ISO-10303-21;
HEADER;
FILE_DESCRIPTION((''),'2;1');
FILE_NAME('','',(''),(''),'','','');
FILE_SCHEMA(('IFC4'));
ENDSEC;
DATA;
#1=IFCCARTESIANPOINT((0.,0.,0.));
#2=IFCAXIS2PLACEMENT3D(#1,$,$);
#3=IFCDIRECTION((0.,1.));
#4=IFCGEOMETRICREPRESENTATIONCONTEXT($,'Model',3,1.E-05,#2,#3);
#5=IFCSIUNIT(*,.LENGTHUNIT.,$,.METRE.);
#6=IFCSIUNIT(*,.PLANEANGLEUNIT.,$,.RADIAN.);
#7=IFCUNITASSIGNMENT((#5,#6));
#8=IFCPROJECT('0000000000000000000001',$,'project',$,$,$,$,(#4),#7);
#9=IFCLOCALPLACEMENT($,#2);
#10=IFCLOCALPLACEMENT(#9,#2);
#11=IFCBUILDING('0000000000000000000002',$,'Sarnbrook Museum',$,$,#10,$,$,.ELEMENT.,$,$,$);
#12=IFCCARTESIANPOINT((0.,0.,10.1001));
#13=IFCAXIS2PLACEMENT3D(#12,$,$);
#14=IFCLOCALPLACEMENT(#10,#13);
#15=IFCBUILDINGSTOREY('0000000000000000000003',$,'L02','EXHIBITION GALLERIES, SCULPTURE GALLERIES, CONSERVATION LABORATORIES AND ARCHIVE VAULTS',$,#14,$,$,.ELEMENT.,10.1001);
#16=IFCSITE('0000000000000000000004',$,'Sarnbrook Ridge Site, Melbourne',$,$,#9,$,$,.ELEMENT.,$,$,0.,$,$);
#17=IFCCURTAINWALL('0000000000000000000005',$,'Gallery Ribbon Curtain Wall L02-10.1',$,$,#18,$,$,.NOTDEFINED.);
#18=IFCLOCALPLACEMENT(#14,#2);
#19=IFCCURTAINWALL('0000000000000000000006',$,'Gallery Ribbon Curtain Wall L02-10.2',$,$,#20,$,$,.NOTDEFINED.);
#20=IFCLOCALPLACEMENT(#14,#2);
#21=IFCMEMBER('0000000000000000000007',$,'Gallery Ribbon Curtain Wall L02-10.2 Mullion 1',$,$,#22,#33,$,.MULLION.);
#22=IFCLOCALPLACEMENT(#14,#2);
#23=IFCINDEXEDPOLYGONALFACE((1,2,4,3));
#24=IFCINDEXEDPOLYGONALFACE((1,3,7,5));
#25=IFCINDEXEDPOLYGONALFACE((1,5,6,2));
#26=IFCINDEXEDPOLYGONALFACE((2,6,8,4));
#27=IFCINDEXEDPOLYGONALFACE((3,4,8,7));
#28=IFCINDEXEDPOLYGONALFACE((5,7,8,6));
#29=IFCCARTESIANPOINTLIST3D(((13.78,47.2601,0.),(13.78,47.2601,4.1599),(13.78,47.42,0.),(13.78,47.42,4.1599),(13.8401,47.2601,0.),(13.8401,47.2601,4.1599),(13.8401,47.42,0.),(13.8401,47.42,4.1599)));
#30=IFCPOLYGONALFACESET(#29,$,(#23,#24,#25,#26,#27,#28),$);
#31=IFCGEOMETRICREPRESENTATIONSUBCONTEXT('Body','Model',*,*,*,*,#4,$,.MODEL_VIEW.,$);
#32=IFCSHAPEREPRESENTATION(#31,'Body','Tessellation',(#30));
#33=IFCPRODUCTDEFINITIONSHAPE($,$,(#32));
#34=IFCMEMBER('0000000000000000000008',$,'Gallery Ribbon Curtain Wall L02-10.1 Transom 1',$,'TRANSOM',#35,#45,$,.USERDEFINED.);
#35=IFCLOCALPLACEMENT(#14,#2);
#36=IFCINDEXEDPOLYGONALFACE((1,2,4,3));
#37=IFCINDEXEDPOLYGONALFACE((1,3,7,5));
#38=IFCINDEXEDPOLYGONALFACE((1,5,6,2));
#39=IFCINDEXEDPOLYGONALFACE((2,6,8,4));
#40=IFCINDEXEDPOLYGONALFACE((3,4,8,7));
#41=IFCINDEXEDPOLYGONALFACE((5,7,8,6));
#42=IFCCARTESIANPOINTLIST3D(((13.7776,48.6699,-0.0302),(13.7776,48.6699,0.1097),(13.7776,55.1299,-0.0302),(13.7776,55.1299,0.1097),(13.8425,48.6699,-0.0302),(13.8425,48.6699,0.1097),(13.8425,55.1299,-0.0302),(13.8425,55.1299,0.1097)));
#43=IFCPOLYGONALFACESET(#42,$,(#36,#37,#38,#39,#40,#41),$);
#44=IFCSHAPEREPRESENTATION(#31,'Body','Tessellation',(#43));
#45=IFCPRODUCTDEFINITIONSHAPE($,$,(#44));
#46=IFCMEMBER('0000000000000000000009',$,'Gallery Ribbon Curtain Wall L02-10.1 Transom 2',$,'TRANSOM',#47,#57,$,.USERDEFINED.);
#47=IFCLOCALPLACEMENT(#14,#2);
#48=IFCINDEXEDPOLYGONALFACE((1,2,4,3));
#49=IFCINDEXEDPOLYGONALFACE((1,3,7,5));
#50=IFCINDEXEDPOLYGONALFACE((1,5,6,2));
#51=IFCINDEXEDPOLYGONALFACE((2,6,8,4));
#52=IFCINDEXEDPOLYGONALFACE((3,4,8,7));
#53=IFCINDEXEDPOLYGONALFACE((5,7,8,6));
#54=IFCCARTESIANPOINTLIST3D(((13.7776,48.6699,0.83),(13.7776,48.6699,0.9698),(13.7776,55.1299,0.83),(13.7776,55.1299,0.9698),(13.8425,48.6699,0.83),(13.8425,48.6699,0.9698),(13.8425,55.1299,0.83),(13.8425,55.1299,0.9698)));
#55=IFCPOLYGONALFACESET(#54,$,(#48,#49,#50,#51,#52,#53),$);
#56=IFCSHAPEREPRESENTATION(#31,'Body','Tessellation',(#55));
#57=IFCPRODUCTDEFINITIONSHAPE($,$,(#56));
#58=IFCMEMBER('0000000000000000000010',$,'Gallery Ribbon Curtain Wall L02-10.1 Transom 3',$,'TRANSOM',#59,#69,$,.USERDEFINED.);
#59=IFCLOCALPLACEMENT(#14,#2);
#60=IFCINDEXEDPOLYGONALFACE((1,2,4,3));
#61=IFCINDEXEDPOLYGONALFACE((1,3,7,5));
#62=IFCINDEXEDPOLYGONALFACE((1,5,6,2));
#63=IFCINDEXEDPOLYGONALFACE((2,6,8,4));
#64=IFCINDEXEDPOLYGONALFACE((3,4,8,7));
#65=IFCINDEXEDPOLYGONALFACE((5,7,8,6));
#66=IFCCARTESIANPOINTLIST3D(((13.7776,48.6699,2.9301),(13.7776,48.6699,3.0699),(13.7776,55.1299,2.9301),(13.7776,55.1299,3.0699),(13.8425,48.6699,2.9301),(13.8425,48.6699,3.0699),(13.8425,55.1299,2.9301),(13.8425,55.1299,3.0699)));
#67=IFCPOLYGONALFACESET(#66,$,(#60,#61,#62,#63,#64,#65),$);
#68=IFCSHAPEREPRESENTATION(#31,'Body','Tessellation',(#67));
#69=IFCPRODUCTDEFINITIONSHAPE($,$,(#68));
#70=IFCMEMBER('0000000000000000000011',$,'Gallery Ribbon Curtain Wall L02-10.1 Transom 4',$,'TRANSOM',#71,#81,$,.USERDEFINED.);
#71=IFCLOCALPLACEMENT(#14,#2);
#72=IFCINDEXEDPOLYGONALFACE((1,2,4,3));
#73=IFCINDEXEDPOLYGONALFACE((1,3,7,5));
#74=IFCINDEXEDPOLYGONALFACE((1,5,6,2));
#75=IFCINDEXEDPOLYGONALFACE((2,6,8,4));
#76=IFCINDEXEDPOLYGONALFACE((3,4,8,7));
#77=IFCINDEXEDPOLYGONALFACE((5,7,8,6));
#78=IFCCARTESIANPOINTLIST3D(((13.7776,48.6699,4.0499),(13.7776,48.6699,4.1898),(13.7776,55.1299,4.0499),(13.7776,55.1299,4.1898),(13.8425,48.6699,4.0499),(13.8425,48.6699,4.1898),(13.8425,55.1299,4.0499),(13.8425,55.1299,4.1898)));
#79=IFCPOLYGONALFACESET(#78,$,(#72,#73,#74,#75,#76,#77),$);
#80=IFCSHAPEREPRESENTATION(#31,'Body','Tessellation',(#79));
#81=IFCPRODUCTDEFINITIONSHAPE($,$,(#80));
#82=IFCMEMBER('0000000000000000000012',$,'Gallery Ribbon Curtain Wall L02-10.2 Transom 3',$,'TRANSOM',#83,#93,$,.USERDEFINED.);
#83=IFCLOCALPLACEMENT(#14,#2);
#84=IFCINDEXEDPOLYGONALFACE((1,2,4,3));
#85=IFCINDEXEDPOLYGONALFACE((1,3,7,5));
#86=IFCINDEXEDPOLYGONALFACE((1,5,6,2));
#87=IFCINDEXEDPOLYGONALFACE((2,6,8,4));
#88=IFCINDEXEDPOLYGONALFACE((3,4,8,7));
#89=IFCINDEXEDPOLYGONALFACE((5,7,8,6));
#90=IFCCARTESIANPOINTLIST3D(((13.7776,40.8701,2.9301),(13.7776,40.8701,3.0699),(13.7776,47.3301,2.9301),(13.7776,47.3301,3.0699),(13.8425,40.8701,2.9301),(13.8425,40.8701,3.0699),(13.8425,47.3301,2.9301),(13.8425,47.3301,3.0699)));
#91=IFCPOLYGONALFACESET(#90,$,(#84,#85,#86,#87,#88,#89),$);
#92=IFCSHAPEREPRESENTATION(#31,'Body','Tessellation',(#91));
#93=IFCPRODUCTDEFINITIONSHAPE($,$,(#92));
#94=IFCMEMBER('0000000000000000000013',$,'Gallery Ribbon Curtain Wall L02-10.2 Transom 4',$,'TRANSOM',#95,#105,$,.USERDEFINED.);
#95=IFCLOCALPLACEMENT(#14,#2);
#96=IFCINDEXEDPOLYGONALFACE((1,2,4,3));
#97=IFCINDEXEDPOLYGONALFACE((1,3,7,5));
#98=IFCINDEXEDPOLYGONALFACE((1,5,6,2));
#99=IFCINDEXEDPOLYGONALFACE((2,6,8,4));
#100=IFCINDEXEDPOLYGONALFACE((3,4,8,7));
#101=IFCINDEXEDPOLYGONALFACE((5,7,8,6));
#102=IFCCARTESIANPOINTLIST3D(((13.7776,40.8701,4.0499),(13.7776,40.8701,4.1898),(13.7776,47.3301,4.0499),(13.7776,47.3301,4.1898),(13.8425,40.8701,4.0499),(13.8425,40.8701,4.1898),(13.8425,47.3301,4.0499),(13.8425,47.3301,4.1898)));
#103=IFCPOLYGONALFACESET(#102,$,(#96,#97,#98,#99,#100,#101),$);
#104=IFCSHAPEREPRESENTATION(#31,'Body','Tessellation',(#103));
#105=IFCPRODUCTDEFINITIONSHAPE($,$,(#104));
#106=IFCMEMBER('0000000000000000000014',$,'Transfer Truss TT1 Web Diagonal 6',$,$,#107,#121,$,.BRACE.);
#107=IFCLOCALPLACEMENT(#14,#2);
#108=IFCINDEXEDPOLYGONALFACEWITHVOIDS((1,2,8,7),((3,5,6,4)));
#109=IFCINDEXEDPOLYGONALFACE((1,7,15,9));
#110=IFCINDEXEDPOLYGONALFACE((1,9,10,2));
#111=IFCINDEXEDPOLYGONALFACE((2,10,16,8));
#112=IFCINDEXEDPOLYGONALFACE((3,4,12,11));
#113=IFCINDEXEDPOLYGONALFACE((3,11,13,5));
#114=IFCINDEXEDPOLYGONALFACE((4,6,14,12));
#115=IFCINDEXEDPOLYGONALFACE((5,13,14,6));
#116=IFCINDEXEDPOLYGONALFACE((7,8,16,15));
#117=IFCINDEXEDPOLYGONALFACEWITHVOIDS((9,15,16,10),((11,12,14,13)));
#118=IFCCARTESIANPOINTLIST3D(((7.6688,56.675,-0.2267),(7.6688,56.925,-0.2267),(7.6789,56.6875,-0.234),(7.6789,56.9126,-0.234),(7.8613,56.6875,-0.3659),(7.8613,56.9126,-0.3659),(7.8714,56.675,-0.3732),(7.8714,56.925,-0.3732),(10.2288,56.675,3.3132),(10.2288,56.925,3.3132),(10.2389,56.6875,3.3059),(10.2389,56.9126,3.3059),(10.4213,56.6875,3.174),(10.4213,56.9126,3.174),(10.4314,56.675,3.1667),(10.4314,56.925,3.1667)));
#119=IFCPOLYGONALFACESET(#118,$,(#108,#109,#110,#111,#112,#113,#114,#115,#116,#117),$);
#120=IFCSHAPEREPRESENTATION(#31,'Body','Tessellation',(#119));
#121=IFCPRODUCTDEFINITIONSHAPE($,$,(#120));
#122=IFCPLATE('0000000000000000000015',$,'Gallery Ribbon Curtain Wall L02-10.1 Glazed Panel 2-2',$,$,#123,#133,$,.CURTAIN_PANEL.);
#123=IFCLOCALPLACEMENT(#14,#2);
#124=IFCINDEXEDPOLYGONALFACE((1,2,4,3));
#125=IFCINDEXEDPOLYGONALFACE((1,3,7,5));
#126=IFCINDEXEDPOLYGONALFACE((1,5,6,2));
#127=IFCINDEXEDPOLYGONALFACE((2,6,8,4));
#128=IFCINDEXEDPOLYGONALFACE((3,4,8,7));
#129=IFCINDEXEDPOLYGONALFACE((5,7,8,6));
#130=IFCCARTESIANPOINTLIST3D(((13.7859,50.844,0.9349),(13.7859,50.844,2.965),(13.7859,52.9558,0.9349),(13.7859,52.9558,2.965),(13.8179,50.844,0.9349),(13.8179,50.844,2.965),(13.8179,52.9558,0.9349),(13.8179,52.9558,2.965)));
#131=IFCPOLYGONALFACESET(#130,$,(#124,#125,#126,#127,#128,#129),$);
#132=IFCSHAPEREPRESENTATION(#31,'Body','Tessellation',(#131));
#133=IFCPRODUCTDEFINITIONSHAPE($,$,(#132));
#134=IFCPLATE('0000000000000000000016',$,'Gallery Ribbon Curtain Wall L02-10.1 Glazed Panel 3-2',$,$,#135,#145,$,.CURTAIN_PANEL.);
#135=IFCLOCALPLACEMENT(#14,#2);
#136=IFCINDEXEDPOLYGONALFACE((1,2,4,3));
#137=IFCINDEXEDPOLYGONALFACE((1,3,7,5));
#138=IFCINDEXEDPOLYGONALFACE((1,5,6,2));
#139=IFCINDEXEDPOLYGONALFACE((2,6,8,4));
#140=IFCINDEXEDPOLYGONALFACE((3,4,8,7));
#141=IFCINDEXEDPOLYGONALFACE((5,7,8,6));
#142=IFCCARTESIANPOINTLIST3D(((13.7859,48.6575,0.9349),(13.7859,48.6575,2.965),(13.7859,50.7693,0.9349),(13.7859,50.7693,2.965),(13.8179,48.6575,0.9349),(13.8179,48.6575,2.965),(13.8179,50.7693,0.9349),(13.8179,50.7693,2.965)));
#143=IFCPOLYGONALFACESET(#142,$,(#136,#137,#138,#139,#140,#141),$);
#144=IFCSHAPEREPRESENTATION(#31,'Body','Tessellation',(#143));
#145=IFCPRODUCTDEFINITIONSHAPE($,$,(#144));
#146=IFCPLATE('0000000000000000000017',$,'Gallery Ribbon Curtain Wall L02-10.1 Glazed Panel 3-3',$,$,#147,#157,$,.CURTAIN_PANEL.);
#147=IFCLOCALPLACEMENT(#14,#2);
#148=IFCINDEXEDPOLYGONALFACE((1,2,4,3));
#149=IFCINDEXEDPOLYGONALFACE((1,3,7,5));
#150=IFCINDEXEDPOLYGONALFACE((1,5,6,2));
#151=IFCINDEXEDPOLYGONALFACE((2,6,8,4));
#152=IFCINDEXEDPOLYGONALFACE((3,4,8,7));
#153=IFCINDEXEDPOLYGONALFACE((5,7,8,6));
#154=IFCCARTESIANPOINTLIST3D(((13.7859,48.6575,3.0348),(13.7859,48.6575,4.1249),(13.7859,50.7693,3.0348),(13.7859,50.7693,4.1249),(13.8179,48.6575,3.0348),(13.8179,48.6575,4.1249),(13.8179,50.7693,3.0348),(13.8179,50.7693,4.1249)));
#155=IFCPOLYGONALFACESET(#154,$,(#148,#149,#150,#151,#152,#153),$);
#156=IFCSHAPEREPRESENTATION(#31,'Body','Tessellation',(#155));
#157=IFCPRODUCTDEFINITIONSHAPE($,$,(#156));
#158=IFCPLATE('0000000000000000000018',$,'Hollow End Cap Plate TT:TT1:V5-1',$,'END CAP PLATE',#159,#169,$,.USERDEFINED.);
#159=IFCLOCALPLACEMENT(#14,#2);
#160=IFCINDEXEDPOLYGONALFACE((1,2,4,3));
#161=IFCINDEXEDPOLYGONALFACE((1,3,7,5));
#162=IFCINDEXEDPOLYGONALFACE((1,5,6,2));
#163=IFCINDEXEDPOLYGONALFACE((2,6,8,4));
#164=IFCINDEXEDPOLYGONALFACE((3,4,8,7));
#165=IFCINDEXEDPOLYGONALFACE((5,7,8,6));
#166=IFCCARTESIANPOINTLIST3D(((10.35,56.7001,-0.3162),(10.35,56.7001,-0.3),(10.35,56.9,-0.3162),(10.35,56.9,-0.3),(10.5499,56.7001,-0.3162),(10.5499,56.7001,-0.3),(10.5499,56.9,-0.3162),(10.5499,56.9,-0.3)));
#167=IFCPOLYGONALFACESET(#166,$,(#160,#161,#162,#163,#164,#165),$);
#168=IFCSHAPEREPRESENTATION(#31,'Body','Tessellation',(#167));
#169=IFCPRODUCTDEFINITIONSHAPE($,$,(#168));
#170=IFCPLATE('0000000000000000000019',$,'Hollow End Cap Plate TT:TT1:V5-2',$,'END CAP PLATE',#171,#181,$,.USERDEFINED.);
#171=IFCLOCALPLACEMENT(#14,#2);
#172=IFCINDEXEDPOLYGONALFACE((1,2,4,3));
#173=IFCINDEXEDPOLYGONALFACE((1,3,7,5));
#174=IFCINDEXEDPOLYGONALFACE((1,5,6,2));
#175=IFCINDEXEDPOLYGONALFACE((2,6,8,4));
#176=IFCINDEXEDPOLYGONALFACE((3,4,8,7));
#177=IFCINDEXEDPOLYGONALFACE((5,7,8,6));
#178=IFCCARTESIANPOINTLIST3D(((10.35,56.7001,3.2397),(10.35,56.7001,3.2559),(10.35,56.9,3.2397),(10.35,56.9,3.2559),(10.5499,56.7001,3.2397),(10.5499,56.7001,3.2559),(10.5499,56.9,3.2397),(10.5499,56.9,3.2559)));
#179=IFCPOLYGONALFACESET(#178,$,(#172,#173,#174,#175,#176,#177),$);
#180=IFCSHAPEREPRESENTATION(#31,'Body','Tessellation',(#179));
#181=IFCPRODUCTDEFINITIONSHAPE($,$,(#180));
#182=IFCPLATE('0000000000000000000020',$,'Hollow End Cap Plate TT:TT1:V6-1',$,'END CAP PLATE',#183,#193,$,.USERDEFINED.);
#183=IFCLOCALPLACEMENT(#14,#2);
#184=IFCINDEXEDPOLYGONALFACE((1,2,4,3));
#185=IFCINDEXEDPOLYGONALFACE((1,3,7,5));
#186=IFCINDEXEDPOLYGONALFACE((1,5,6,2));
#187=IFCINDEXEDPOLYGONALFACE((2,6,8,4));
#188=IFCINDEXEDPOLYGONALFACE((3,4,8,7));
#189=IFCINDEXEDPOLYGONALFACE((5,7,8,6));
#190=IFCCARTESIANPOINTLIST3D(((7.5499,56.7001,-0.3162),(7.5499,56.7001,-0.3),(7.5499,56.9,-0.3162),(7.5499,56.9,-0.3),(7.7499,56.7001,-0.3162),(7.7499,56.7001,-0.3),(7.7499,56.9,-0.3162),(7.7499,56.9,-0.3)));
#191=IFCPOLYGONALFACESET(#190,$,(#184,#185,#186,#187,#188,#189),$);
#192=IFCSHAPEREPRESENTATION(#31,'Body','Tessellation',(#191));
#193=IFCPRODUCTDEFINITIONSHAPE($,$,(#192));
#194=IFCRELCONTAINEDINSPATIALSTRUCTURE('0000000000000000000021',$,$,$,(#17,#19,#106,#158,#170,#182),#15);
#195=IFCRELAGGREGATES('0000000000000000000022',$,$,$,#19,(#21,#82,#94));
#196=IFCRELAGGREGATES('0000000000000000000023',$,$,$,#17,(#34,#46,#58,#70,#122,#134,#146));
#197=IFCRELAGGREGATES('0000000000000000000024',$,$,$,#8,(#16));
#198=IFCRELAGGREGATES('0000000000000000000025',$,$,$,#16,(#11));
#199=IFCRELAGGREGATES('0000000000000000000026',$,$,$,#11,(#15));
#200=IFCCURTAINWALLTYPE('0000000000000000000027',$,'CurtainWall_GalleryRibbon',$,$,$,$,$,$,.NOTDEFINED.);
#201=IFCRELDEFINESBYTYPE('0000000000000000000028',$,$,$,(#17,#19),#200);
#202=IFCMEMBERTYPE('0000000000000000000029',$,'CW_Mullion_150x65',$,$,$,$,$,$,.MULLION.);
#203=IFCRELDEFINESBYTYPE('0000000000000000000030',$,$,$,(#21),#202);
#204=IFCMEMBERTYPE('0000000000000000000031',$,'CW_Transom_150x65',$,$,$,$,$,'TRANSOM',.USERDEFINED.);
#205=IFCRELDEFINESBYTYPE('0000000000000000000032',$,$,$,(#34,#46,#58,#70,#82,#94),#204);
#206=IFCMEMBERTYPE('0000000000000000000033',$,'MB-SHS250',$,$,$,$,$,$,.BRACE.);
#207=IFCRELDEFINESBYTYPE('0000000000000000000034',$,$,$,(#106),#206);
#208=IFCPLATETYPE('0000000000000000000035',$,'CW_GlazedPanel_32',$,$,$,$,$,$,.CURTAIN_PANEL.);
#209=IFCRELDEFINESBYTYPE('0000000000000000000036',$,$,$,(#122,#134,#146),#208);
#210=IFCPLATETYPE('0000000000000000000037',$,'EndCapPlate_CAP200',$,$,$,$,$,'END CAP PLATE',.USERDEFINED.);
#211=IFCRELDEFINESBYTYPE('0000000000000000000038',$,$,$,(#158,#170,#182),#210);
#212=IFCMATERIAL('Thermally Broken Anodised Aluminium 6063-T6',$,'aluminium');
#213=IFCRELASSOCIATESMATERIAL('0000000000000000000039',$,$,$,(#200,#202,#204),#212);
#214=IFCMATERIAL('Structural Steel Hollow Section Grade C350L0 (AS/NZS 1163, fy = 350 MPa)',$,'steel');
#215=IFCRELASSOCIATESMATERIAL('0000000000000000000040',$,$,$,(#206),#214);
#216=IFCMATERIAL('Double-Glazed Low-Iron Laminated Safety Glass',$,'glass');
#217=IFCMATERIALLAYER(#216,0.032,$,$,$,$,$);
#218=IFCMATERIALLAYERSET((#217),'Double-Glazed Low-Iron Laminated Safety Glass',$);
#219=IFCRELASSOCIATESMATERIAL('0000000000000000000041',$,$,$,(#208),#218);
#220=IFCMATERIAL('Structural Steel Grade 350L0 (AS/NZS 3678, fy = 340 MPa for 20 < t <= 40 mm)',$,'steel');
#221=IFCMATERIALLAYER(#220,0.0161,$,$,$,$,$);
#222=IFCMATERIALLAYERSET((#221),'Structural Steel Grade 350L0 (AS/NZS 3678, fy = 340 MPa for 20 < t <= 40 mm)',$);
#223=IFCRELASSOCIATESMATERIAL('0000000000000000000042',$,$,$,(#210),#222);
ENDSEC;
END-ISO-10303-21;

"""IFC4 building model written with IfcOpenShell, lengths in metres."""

from ifc_helpers import new_model, si_unit, direction, frame, origin, origin_2d, place, context, subcontext, project, spatial, rectangle, hollow_rectangle, extrude, material, layer, layer_set, material_profile, profile_set, type_object, element, aggregate, save


model = new_model("IFC4")

# Units and contexts
model_context = context("Model", 3, precision=1e-05, world=origin(), true_north=direction((0.0, 1.0)))
body_context = subcontext(model_context, "Body", "Model", "MODEL_VIEW")
ifc_project = project(units=[si_unit("LENGTHUNIT", "METRE"), si_unit("PLANEANGLEUNIT", "RADIAN")], contexts=[model_context])

# Site, building, storey
site_placement = place(None, origin())
site = spatial("IfcSite", under=ifc_project, at=site_placement, Name="Sarnbrook Ridge Site, Melbourne", CompositionType="ELEMENT", RefElevation=0.0)
building_placement = place(site_placement, origin())
building = spatial("IfcBuilding", under=site, at=building_placement, Name="Sarnbrook Museum", CompositionType="ELEMENT")
storey_placement = place(building_placement, frame((0.0, 0.0, 10.1001)))
storey = spatial("IfcBuildingStorey", under=building, at=storey_placement, Name="L02", Description="EXHIBITION GALLERIES, SCULPTURE GALLERIES, CONSERVATION LABORATORIES AND ARCHIVE VAULTS", CompositionType="ELEMENT", Elevation=10.1001)

# Shared definitions
ifc_material_1 = material(Name="Structural Steel Hollow Section Grade C350L0 (AS/NZS 1163, fy = 350 MPa)", Category="steel")

# Curtain wall
ifc_material_2 = material(Name="Thermally Broken Anodised Aluminium 6063-T6", Category="aluminium")
curtain_wall_type = type_object("IfcCurtainWallType", Name="CurtainWall_GalleryRibbon", PredefinedType="NOTDEFINED", material=ifc_material_2)
curtain_wall_1_placement = place(storey_placement, origin())
curtain_wall_1 = element("IfcCurtainWall", 1, at=curtain_wall_1_placement, inside=storey, type_object=curtain_wall_type, Name="Gallery Ribbon Curtain Wall L02-10.1", PredefinedType="NOTDEFINED")
ifc_material_profile_1 = material_profile(ifc_material_2, rectangle(XDim=0.0601, YDim=0.1599, at=origin_2d()), Name="ALU MULLION 60x160")
ifc_profile_set_1 = profile_set([ifc_material_profile_1], Name="Thermally Broken Anodised Aluminium 6063-T6")
member_type_1 = type_object("IfcMemberType", Name="CW_Mullion_150x65", PredefinedType="MULLION", material=ifc_profile_set_1)

# Curtain wall, member
curtain_wall_2_placement = place(storey_placement, origin())
curtain_wall_2 = element("IfcCurtainWall", 2, at=curtain_wall_2_placement, inside=storey, type_object=curtain_wall_type, Name="Gallery Ribbon Curtain Wall L02-10.2", PredefinedType="NOTDEFINED")
member_1_placement = place(storey_placement, frame((13.8101, 47.3401, 0.0), z_axis=(0.0, 0.0, 1.0), x_axis=(1.0, 0.0, 0.0)))
member_1 = element("IfcMember", 3, at=member_1_placement, type_object=member_type_1, Name="Gallery Ribbon Curtain Wall L02-10.2 Mullion 1", PredefinedType="MULLION", context=body_context, shape_type="SweptSolid", body=[
    extrude(rectangle(XDim=0.0601, YDim=0.1599, at=origin_2d()), origin(), (0.0, 0.0, 1.0), 4.1599),
])

# Members
ifc_material_profile_2 = material_profile(ifc_material_2, rectangle(XDim=0.0649, YDim=0.1399, at=origin_2d()), Name="ALU TRANSOM 65x140")
ifc_profile_set_2 = profile_set([ifc_material_profile_2], Name="Thermally Broken Anodised Aluminium 6063-T6")
member_type_2 = type_object("IfcMemberType", Name="CW_Transom_150x65", ElementType="TRANSOM", PredefinedType="USERDEFINED", material=ifc_profile_set_2)
member_2_placement = place(storey_placement, frame((13.8101, 55.1299, 0.0398), z_axis=(0.0, -1.0, 0.0), x_axis=(1.0, 0.0, 0.0)))
member_2 = element("IfcMember", 4, at=member_2_placement, type_object=member_type_2, Name="Gallery Ribbon Curtain Wall L02-10.1 Transom 1", ObjectType="TRANSOM", PredefinedType="USERDEFINED", context=body_context, shape_type="SweptSolid", body=[
    extrude(rectangle(XDim=0.0649, YDim=0.1399, at=origin_2d()), origin(), (0.0, 0.0, 1.0), 6.46),
])
member_3_placement = place(storey_placement, frame((13.8101, 55.1299, 0.8999), z_axis=(0.0, -1.0, 0.0), x_axis=(1.0, 0.0, 0.0)))
member_3 = element("IfcMember", 5, at=member_3_placement, type_object=member_type_2, Name="Gallery Ribbon Curtain Wall L02-10.1 Transom 2", ObjectType="TRANSOM", PredefinedType="USERDEFINED", context=body_context, shape_type="SweptSolid", body=[
    extrude(rectangle(XDim=0.0649, YDim=0.1399, at=origin_2d()), origin(), (0.0, 0.0, 1.0), 6.46),
])
member_4_placement = place(storey_placement, frame((13.8101, 55.1299, 3.0), z_axis=(0.0, -1.0, 0.0), x_axis=(1.0, 0.0, 0.0)))
member_4 = element("IfcMember", 6, at=member_4_placement, type_object=member_type_2, Name="Gallery Ribbon Curtain Wall L02-10.1 Transom 3", ObjectType="TRANSOM", PredefinedType="USERDEFINED", context=body_context, shape_type="SweptSolid", body=[
    extrude(rectangle(XDim=0.0649, YDim=0.1399, at=origin_2d()), origin(), (0.0, 0.0, 1.0), 6.46),
])
member_5_placement = place(storey_placement, frame((13.8101, 55.1299, 4.1199), z_axis=(0.0, -1.0, 0.0), x_axis=(1.0, 0.0, 0.0)))
member_5 = element("IfcMember", 7, at=member_5_placement, type_object=member_type_2, Name="Gallery Ribbon Curtain Wall L02-10.1 Transom 4", ObjectType="TRANSOM", PredefinedType="USERDEFINED", context=body_context, shape_type="SweptSolid", body=[
    extrude(rectangle(XDim=0.0649, YDim=0.1399, at=origin_2d()), origin(), (0.0, 0.0, 1.0), 6.46),
])
member_6_placement = place(storey_placement, frame((13.8101, 47.3301, 3.0), z_axis=(0.0, -1.0, 0.0), x_axis=(1.0, 0.0, 0.0)))
member_6 = element("IfcMember", 8, at=member_6_placement, type_object=member_type_2, Name="Gallery Ribbon Curtain Wall L02-10.2 Transom 3", ObjectType="TRANSOM", PredefinedType="USERDEFINED", context=body_context, shape_type="SweptSolid", body=[
    extrude(rectangle(XDim=0.0649, YDim=0.1399, at=origin_2d()), origin(), (0.0, 0.0, 1.0), 6.46),
])
member_7_placement = place(storey_placement, frame((13.8101, 47.3301, 4.1199), z_axis=(0.0, -1.0, 0.0), x_axis=(1.0, 0.0, 0.0)))
member_7 = element("IfcMember", 9, at=member_7_placement, type_object=member_type_2, Name="Gallery Ribbon Curtain Wall L02-10.2 Transom 4", ObjectType="TRANSOM", PredefinedType="USERDEFINED", context=body_context, shape_type="SweptSolid", body=[
    extrude(rectangle(XDim=0.0649, YDim=0.1399, at=origin_2d()), origin(), (0.0, 0.0, 1.0), 6.46),
])
aggregate(curtain_wall_2, [member_1, member_6, member_7])
ifc_material_profile_3 = material_profile(ifc_material_1, hollow_rectangle(XDim=0.25, YDim=0.25, WallThickness=0.0125, at=origin_2d()), Name="250x250x12.5SHS")
ifc_profile_set_3 = profile_set([ifc_material_profile_3], Name="Structural Steel Hollow Section Grade C350L0 (AS/NZS 1163, fy = 350 MPa)")
member_type_3 = type_object("IfcMemberType", Name="MB-SHS250", PredefinedType="BRACE", material=ifc_profile_set_3)
member_8_placement = place(storey_placement, frame((10.3301, 56.8, 3.24), z_axis=(-0.585996, 0.0, -0.810314), x_axis=(0.0, -1.0, 0.0)))
element("IfcMember", 10, at=member_8_placement, inside=storey, type_object=member_type_3, Name="Transfer Truss TT1 Web Diagonal 6", PredefinedType="BRACE", context=body_context, shape_type="SweptSolid", body=[
    extrude(hollow_rectangle(XDim=0.25, YDim=0.25, WallThickness=0.0125, at=origin_2d()), origin(), (0.0, 0.0, 1.0), 4.3687),
])

# Plates
ifc_material_3 = material(Name="Double-Glazed Low-Iron Laminated Safety Glass", Category="glass")
ifc_layer_1 = layer(ifc_material_3, 0.032)
ifc_layer_set_1 = layer_set([ifc_layer_1], Name="Double-Glazed Low-Iron Laminated Safety Glass")
plate_type_1 = type_object("IfcPlateType", Name="CW_GlazedPanel_32", PredefinedType="CURTAIN_PANEL", material=ifc_layer_set_1)
plate_1_placement = place(storey_placement, frame((13.8179, 51.8999, 1.95), z_axis=(-1.0, 0.0, 0.0), x_axis=(0.0, -1.0, 0.0)))
plate_1 = element("IfcPlate", 11, at=plate_1_placement, type_object=plate_type_1, Name="Gallery Ribbon Curtain Wall L02-10.1 Glazed Panel 2-2", PredefinedType="CURTAIN_PANEL", context=body_context, shape_type="SweptSolid", body=[
    extrude(rectangle(XDim=2.1118, YDim=2.03, at=origin_2d()), origin(), (0.0, 0.0, 1.0), 0.032),
])
plate_2_placement = place(storey_placement, frame((13.8179, 49.7134, 1.95), z_axis=(-1.0, 0.0, 0.0), x_axis=(0.0, -1.0, 0.0)))
plate_2 = element("IfcPlate", 12, at=plate_2_placement, type_object=plate_type_1, Name="Gallery Ribbon Curtain Wall L02-10.1 Glazed Panel 3-2", PredefinedType="CURTAIN_PANEL", context=body_context, shape_type="SweptSolid", body=[
    extrude(rectangle(XDim=2.1118, YDim=2.03, at=origin_2d()), origin(), (0.0, 0.0, 1.0), 0.032),
])
plate_3_placement = place(storey_placement, frame((13.8179, 49.7134, 3.5798), z_axis=(-1.0, 0.0, 0.0), x_axis=(0.0, -1.0, 0.0)))
plate_3 = element("IfcPlate", 13, at=plate_3_placement, type_object=plate_type_1, Name="Gallery Ribbon Curtain Wall L02-10.1 Glazed Panel 3-3", PredefinedType="CURTAIN_PANEL", context=body_context, shape_type="SweptSolid", body=[
    extrude(rectangle(XDim=2.1118, YDim=1.0901, at=origin_2d()), origin(), (0.0, 0.0, 1.0), 0.032),
])
aggregate(curtain_wall_1, [member_2, member_3, member_4, member_5, plate_1, plate_2, plate_3])

# Plates
ifc_material_4 = material(Name="Structural Steel Grade 350L0 (AS/NZS 3678, fy = 340 MPa for 20 < t <= 40 mm)", Category="steel")
ifc_layer_2 = layer(ifc_material_4, 0.0161)
ifc_layer_set_2 = layer_set([ifc_layer_2], Name="Structural Steel Grade 350L0 (AS/NZS 3678, fy = 340 MPa for 20 < t <= 40 mm)")
plate_type_2 = type_object("IfcPlateType", Name="EndCapPlate_CAP200", ElementType="END CAP PLATE", PredefinedType="USERDEFINED", material=ifc_layer_set_2)
for number, where, z_axis, x_axis, name in (
    (14, (10.45, 56.8, -0.3162), (0.0, 0.0, 1.0), (1.0, 0.0, 0.0), "Hollow End Cap Plate TT:TT1:V5-1"),
    (15, (10.45, 56.8, 3.2397), (0.0, 0.0, 1.0), (1.0, 0.0, 0.0), "Hollow End Cap Plate TT:TT1:V5-2"),
    (16, (7.6499, 56.8, -0.3162), (0.0, 0.0, 1.0), (1.0, 0.0, 0.0), "Hollow End Cap Plate TT:TT1:V6-1"),
):
    element("IfcPlate", number, at=place(storey_placement, frame(where, z_axis=z_axis, x_axis=x_axis)), inside=storey, type_object=plate_type_2, Name=name, ObjectType="END CAP PLATE", PredefinedType="USERDEFINED", context=body_context, shape_type="SweptSolid", body=[
        extrude(rectangle(XDim=0.2, YDim=0.2, at=origin_2d()), origin(), (0.0, 0.0, 1.0), 0.0161),
    ])

save(model, "model.ifc")
